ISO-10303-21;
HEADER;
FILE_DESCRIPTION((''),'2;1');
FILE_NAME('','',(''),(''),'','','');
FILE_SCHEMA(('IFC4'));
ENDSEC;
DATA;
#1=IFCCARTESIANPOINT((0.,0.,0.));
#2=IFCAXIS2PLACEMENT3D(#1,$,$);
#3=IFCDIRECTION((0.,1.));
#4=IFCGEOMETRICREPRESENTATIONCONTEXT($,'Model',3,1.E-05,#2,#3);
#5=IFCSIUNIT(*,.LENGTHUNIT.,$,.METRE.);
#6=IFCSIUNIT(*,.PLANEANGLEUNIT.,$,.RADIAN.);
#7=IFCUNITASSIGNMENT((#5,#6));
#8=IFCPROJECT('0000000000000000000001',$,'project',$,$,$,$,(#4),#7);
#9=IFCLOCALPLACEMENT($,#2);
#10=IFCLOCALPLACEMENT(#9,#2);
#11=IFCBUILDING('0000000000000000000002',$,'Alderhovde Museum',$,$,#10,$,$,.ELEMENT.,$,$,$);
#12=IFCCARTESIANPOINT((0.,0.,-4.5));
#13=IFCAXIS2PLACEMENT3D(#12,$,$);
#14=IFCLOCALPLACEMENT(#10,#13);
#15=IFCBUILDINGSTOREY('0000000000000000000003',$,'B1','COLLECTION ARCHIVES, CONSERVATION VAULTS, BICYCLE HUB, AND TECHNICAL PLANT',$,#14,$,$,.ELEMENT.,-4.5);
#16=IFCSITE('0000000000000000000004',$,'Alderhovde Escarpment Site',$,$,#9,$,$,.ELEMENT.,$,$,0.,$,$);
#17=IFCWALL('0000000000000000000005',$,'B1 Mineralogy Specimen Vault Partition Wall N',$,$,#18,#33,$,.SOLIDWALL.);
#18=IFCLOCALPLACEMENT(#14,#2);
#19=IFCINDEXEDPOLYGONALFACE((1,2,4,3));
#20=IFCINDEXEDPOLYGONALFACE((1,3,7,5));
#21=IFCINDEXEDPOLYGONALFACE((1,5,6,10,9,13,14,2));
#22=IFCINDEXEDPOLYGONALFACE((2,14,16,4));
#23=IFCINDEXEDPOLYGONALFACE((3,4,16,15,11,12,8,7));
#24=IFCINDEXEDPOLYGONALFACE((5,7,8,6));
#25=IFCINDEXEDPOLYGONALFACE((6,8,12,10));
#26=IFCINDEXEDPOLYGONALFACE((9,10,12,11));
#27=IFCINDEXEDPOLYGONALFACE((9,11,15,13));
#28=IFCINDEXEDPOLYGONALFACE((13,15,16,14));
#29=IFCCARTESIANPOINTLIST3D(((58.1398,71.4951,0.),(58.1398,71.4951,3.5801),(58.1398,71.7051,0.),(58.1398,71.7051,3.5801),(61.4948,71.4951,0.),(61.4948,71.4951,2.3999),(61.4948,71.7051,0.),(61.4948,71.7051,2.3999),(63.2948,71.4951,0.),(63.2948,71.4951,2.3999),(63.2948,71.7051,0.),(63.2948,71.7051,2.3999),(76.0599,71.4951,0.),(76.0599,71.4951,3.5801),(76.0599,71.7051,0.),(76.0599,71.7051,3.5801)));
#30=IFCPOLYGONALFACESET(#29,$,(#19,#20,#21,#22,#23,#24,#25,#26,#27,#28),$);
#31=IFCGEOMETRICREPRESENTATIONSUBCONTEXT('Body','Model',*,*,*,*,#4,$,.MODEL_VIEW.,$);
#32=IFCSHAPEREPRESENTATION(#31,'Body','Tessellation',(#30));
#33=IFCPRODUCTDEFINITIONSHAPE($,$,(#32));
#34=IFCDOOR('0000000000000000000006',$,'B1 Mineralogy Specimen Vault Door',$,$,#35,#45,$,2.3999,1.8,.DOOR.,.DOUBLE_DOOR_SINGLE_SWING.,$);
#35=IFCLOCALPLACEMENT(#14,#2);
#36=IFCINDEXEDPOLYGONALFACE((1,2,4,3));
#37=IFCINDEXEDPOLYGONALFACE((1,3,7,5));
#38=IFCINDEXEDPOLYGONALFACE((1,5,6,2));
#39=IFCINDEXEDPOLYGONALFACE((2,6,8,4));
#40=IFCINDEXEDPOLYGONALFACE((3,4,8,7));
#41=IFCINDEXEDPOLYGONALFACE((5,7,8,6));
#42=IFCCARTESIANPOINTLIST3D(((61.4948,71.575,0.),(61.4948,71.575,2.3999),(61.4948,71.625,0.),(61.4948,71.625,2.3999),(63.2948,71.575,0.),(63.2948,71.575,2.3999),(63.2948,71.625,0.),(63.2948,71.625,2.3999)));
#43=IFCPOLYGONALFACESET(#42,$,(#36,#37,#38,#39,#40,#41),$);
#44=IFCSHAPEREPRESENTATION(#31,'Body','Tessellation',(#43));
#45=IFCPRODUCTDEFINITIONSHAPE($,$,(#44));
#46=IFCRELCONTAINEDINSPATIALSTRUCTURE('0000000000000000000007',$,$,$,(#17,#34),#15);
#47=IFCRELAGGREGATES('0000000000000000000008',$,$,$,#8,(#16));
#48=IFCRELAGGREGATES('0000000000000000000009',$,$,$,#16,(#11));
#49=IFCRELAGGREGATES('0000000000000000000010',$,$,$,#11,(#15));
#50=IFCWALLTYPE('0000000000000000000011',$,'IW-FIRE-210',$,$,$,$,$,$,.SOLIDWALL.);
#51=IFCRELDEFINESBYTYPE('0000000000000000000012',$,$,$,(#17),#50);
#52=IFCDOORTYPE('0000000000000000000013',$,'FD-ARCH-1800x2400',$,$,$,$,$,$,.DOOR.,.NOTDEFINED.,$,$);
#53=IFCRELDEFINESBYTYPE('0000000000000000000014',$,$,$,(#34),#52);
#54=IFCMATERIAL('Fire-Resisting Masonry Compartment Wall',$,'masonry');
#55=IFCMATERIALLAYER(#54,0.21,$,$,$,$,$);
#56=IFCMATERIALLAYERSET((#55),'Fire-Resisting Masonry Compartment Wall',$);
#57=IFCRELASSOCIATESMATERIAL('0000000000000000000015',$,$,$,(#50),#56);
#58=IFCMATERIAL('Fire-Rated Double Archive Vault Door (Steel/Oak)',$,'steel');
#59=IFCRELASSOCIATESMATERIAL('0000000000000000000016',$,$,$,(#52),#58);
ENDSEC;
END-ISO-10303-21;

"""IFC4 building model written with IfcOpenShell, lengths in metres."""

from ifc_helpers import new_model, si_unit, direction, frame, frame_2d, origin, place, context, subcontext, project, spatial, rectangle, extrude, material, layer, layer_set, type_object, element, fill, save


model = new_model("IFC4")

# Units and contexts
model_context = context("Model", 3, precision=1e-05, world=origin(), true_north=direction((0.0, 1.0)))
body_context = subcontext(model_context, "Body", "Model", "MODEL_VIEW")
ifc_project = project(units=[si_unit("LENGTHUNIT", "METRE"), si_unit("PLANEANGLEUNIT", "RADIAN")], contexts=[model_context])

# Site, building, storey
site_placement = place(None, origin())
site = spatial("IfcSite", under=ifc_project, at=site_placement, Name="Alderhovde Escarpment Site", CompositionType="ELEMENT", RefElevation=0.0)
building_placement = place(site_placement, origin())
building = spatial("IfcBuilding", under=site, at=building_placement, Name="Alderhovde Museum", CompositionType="ELEMENT")
storey_placement = place(building_placement, frame((0.0, 0.0, -4.5)))
storey = spatial("IfcBuildingStorey", under=building, at=storey_placement, Name="B1", Description="COLLECTION ARCHIVES, CONSERVATION VAULTS, BICYCLE HUB, AND TECHNICAL PLANT", CompositionType="ELEMENT", Elevation=-4.5)

# Wall, opening, door
ifc_material_1 = material(Name="Fire-Resisting Masonry Compartment Wall", Category="masonry")
ifc_layer = layer(ifc_material_1, 0.21)
ifc_layer_set = layer_set([ifc_layer], Name="Fire-Resisting Masonry Compartment Wall")
wall_type = type_object("IfcWallType", Name="IW-FIRE-210", PredefinedType="SOLIDWALL", material=ifc_layer_set)
wall_placement = place(storey_placement, frame((58.1399, 71.6001, 0.0), z_axis=(0.0, 0.0, 1.0), x_axis=(1.0, 0.0, 0.0)))
wall = element("IfcWall", 1, at=wall_placement, inside=storey, type_object=wall_type, Name="B1 Mineralogy Specimen Vault Partition Wall N", PredefinedType="SOLIDWALL", context=body_context, shape_type="SweptSolid", body=[
    extrude(rectangle(XDim=17.9202, YDim=0.21, at=frame_2d((8.96, 0.0))), origin(), (0.0, 0.0, 1.0), 3.5801),
])
opening_placement = place(wall_placement, frame((3.355, 0.0, 0.0)))
opening = element("IfcOpeningElement", 2, at=opening_placement, cuts=wall, PredefinedType="OPENING", context=body_context, shape_type="SweptSolid", body=[
    extrude(rectangle(XDim=1.8, YDim=2.3999, at=frame_2d((0.8999, 1.2))), frame((0.0, 0.115, 0.0), z_axis=(0.0, -1.0, 0.0), x_axis=(1.0, 0.0, 0.0)), (0.0, 0.0, 1.0), 0.23),
])
ifc_material_2 = material(Name="Fire-Rated Double Archive Vault Door (Steel/Oak)", Category="steel")
door_type = type_object("IfcDoorType", Name="FD-ARCH-1800x2400", OperationType="NOTDEFINED", PredefinedType="DOOR", material=ifc_material_2)
door_placement = place(opening_placement, origin())
door = element("IfcDoor", 3, at=door_placement, inside=storey, type_object=door_type, Name="B1 Mineralogy Specimen Vault Door", OperationType="DOUBLE_DOOR_SINGLE_SWING", OverallHeight=2.3999, OverallWidth=1.8, PredefinedType="DOOR", context=body_context, shape_type="SweptSolid", body=[
    extrude(rectangle(XDim=1.8, YDim=2.3999, at=frame_2d((0.8999, 1.2))), frame((0.0, 0.0249, 0.0), z_axis=(0.0, -1.0, 0.0), x_axis=(1.0, 0.0, 0.0)), (0.0, 0.0, 1.0), 0.05),
])
fill(opening, door)

save(model, "model.ifc")
